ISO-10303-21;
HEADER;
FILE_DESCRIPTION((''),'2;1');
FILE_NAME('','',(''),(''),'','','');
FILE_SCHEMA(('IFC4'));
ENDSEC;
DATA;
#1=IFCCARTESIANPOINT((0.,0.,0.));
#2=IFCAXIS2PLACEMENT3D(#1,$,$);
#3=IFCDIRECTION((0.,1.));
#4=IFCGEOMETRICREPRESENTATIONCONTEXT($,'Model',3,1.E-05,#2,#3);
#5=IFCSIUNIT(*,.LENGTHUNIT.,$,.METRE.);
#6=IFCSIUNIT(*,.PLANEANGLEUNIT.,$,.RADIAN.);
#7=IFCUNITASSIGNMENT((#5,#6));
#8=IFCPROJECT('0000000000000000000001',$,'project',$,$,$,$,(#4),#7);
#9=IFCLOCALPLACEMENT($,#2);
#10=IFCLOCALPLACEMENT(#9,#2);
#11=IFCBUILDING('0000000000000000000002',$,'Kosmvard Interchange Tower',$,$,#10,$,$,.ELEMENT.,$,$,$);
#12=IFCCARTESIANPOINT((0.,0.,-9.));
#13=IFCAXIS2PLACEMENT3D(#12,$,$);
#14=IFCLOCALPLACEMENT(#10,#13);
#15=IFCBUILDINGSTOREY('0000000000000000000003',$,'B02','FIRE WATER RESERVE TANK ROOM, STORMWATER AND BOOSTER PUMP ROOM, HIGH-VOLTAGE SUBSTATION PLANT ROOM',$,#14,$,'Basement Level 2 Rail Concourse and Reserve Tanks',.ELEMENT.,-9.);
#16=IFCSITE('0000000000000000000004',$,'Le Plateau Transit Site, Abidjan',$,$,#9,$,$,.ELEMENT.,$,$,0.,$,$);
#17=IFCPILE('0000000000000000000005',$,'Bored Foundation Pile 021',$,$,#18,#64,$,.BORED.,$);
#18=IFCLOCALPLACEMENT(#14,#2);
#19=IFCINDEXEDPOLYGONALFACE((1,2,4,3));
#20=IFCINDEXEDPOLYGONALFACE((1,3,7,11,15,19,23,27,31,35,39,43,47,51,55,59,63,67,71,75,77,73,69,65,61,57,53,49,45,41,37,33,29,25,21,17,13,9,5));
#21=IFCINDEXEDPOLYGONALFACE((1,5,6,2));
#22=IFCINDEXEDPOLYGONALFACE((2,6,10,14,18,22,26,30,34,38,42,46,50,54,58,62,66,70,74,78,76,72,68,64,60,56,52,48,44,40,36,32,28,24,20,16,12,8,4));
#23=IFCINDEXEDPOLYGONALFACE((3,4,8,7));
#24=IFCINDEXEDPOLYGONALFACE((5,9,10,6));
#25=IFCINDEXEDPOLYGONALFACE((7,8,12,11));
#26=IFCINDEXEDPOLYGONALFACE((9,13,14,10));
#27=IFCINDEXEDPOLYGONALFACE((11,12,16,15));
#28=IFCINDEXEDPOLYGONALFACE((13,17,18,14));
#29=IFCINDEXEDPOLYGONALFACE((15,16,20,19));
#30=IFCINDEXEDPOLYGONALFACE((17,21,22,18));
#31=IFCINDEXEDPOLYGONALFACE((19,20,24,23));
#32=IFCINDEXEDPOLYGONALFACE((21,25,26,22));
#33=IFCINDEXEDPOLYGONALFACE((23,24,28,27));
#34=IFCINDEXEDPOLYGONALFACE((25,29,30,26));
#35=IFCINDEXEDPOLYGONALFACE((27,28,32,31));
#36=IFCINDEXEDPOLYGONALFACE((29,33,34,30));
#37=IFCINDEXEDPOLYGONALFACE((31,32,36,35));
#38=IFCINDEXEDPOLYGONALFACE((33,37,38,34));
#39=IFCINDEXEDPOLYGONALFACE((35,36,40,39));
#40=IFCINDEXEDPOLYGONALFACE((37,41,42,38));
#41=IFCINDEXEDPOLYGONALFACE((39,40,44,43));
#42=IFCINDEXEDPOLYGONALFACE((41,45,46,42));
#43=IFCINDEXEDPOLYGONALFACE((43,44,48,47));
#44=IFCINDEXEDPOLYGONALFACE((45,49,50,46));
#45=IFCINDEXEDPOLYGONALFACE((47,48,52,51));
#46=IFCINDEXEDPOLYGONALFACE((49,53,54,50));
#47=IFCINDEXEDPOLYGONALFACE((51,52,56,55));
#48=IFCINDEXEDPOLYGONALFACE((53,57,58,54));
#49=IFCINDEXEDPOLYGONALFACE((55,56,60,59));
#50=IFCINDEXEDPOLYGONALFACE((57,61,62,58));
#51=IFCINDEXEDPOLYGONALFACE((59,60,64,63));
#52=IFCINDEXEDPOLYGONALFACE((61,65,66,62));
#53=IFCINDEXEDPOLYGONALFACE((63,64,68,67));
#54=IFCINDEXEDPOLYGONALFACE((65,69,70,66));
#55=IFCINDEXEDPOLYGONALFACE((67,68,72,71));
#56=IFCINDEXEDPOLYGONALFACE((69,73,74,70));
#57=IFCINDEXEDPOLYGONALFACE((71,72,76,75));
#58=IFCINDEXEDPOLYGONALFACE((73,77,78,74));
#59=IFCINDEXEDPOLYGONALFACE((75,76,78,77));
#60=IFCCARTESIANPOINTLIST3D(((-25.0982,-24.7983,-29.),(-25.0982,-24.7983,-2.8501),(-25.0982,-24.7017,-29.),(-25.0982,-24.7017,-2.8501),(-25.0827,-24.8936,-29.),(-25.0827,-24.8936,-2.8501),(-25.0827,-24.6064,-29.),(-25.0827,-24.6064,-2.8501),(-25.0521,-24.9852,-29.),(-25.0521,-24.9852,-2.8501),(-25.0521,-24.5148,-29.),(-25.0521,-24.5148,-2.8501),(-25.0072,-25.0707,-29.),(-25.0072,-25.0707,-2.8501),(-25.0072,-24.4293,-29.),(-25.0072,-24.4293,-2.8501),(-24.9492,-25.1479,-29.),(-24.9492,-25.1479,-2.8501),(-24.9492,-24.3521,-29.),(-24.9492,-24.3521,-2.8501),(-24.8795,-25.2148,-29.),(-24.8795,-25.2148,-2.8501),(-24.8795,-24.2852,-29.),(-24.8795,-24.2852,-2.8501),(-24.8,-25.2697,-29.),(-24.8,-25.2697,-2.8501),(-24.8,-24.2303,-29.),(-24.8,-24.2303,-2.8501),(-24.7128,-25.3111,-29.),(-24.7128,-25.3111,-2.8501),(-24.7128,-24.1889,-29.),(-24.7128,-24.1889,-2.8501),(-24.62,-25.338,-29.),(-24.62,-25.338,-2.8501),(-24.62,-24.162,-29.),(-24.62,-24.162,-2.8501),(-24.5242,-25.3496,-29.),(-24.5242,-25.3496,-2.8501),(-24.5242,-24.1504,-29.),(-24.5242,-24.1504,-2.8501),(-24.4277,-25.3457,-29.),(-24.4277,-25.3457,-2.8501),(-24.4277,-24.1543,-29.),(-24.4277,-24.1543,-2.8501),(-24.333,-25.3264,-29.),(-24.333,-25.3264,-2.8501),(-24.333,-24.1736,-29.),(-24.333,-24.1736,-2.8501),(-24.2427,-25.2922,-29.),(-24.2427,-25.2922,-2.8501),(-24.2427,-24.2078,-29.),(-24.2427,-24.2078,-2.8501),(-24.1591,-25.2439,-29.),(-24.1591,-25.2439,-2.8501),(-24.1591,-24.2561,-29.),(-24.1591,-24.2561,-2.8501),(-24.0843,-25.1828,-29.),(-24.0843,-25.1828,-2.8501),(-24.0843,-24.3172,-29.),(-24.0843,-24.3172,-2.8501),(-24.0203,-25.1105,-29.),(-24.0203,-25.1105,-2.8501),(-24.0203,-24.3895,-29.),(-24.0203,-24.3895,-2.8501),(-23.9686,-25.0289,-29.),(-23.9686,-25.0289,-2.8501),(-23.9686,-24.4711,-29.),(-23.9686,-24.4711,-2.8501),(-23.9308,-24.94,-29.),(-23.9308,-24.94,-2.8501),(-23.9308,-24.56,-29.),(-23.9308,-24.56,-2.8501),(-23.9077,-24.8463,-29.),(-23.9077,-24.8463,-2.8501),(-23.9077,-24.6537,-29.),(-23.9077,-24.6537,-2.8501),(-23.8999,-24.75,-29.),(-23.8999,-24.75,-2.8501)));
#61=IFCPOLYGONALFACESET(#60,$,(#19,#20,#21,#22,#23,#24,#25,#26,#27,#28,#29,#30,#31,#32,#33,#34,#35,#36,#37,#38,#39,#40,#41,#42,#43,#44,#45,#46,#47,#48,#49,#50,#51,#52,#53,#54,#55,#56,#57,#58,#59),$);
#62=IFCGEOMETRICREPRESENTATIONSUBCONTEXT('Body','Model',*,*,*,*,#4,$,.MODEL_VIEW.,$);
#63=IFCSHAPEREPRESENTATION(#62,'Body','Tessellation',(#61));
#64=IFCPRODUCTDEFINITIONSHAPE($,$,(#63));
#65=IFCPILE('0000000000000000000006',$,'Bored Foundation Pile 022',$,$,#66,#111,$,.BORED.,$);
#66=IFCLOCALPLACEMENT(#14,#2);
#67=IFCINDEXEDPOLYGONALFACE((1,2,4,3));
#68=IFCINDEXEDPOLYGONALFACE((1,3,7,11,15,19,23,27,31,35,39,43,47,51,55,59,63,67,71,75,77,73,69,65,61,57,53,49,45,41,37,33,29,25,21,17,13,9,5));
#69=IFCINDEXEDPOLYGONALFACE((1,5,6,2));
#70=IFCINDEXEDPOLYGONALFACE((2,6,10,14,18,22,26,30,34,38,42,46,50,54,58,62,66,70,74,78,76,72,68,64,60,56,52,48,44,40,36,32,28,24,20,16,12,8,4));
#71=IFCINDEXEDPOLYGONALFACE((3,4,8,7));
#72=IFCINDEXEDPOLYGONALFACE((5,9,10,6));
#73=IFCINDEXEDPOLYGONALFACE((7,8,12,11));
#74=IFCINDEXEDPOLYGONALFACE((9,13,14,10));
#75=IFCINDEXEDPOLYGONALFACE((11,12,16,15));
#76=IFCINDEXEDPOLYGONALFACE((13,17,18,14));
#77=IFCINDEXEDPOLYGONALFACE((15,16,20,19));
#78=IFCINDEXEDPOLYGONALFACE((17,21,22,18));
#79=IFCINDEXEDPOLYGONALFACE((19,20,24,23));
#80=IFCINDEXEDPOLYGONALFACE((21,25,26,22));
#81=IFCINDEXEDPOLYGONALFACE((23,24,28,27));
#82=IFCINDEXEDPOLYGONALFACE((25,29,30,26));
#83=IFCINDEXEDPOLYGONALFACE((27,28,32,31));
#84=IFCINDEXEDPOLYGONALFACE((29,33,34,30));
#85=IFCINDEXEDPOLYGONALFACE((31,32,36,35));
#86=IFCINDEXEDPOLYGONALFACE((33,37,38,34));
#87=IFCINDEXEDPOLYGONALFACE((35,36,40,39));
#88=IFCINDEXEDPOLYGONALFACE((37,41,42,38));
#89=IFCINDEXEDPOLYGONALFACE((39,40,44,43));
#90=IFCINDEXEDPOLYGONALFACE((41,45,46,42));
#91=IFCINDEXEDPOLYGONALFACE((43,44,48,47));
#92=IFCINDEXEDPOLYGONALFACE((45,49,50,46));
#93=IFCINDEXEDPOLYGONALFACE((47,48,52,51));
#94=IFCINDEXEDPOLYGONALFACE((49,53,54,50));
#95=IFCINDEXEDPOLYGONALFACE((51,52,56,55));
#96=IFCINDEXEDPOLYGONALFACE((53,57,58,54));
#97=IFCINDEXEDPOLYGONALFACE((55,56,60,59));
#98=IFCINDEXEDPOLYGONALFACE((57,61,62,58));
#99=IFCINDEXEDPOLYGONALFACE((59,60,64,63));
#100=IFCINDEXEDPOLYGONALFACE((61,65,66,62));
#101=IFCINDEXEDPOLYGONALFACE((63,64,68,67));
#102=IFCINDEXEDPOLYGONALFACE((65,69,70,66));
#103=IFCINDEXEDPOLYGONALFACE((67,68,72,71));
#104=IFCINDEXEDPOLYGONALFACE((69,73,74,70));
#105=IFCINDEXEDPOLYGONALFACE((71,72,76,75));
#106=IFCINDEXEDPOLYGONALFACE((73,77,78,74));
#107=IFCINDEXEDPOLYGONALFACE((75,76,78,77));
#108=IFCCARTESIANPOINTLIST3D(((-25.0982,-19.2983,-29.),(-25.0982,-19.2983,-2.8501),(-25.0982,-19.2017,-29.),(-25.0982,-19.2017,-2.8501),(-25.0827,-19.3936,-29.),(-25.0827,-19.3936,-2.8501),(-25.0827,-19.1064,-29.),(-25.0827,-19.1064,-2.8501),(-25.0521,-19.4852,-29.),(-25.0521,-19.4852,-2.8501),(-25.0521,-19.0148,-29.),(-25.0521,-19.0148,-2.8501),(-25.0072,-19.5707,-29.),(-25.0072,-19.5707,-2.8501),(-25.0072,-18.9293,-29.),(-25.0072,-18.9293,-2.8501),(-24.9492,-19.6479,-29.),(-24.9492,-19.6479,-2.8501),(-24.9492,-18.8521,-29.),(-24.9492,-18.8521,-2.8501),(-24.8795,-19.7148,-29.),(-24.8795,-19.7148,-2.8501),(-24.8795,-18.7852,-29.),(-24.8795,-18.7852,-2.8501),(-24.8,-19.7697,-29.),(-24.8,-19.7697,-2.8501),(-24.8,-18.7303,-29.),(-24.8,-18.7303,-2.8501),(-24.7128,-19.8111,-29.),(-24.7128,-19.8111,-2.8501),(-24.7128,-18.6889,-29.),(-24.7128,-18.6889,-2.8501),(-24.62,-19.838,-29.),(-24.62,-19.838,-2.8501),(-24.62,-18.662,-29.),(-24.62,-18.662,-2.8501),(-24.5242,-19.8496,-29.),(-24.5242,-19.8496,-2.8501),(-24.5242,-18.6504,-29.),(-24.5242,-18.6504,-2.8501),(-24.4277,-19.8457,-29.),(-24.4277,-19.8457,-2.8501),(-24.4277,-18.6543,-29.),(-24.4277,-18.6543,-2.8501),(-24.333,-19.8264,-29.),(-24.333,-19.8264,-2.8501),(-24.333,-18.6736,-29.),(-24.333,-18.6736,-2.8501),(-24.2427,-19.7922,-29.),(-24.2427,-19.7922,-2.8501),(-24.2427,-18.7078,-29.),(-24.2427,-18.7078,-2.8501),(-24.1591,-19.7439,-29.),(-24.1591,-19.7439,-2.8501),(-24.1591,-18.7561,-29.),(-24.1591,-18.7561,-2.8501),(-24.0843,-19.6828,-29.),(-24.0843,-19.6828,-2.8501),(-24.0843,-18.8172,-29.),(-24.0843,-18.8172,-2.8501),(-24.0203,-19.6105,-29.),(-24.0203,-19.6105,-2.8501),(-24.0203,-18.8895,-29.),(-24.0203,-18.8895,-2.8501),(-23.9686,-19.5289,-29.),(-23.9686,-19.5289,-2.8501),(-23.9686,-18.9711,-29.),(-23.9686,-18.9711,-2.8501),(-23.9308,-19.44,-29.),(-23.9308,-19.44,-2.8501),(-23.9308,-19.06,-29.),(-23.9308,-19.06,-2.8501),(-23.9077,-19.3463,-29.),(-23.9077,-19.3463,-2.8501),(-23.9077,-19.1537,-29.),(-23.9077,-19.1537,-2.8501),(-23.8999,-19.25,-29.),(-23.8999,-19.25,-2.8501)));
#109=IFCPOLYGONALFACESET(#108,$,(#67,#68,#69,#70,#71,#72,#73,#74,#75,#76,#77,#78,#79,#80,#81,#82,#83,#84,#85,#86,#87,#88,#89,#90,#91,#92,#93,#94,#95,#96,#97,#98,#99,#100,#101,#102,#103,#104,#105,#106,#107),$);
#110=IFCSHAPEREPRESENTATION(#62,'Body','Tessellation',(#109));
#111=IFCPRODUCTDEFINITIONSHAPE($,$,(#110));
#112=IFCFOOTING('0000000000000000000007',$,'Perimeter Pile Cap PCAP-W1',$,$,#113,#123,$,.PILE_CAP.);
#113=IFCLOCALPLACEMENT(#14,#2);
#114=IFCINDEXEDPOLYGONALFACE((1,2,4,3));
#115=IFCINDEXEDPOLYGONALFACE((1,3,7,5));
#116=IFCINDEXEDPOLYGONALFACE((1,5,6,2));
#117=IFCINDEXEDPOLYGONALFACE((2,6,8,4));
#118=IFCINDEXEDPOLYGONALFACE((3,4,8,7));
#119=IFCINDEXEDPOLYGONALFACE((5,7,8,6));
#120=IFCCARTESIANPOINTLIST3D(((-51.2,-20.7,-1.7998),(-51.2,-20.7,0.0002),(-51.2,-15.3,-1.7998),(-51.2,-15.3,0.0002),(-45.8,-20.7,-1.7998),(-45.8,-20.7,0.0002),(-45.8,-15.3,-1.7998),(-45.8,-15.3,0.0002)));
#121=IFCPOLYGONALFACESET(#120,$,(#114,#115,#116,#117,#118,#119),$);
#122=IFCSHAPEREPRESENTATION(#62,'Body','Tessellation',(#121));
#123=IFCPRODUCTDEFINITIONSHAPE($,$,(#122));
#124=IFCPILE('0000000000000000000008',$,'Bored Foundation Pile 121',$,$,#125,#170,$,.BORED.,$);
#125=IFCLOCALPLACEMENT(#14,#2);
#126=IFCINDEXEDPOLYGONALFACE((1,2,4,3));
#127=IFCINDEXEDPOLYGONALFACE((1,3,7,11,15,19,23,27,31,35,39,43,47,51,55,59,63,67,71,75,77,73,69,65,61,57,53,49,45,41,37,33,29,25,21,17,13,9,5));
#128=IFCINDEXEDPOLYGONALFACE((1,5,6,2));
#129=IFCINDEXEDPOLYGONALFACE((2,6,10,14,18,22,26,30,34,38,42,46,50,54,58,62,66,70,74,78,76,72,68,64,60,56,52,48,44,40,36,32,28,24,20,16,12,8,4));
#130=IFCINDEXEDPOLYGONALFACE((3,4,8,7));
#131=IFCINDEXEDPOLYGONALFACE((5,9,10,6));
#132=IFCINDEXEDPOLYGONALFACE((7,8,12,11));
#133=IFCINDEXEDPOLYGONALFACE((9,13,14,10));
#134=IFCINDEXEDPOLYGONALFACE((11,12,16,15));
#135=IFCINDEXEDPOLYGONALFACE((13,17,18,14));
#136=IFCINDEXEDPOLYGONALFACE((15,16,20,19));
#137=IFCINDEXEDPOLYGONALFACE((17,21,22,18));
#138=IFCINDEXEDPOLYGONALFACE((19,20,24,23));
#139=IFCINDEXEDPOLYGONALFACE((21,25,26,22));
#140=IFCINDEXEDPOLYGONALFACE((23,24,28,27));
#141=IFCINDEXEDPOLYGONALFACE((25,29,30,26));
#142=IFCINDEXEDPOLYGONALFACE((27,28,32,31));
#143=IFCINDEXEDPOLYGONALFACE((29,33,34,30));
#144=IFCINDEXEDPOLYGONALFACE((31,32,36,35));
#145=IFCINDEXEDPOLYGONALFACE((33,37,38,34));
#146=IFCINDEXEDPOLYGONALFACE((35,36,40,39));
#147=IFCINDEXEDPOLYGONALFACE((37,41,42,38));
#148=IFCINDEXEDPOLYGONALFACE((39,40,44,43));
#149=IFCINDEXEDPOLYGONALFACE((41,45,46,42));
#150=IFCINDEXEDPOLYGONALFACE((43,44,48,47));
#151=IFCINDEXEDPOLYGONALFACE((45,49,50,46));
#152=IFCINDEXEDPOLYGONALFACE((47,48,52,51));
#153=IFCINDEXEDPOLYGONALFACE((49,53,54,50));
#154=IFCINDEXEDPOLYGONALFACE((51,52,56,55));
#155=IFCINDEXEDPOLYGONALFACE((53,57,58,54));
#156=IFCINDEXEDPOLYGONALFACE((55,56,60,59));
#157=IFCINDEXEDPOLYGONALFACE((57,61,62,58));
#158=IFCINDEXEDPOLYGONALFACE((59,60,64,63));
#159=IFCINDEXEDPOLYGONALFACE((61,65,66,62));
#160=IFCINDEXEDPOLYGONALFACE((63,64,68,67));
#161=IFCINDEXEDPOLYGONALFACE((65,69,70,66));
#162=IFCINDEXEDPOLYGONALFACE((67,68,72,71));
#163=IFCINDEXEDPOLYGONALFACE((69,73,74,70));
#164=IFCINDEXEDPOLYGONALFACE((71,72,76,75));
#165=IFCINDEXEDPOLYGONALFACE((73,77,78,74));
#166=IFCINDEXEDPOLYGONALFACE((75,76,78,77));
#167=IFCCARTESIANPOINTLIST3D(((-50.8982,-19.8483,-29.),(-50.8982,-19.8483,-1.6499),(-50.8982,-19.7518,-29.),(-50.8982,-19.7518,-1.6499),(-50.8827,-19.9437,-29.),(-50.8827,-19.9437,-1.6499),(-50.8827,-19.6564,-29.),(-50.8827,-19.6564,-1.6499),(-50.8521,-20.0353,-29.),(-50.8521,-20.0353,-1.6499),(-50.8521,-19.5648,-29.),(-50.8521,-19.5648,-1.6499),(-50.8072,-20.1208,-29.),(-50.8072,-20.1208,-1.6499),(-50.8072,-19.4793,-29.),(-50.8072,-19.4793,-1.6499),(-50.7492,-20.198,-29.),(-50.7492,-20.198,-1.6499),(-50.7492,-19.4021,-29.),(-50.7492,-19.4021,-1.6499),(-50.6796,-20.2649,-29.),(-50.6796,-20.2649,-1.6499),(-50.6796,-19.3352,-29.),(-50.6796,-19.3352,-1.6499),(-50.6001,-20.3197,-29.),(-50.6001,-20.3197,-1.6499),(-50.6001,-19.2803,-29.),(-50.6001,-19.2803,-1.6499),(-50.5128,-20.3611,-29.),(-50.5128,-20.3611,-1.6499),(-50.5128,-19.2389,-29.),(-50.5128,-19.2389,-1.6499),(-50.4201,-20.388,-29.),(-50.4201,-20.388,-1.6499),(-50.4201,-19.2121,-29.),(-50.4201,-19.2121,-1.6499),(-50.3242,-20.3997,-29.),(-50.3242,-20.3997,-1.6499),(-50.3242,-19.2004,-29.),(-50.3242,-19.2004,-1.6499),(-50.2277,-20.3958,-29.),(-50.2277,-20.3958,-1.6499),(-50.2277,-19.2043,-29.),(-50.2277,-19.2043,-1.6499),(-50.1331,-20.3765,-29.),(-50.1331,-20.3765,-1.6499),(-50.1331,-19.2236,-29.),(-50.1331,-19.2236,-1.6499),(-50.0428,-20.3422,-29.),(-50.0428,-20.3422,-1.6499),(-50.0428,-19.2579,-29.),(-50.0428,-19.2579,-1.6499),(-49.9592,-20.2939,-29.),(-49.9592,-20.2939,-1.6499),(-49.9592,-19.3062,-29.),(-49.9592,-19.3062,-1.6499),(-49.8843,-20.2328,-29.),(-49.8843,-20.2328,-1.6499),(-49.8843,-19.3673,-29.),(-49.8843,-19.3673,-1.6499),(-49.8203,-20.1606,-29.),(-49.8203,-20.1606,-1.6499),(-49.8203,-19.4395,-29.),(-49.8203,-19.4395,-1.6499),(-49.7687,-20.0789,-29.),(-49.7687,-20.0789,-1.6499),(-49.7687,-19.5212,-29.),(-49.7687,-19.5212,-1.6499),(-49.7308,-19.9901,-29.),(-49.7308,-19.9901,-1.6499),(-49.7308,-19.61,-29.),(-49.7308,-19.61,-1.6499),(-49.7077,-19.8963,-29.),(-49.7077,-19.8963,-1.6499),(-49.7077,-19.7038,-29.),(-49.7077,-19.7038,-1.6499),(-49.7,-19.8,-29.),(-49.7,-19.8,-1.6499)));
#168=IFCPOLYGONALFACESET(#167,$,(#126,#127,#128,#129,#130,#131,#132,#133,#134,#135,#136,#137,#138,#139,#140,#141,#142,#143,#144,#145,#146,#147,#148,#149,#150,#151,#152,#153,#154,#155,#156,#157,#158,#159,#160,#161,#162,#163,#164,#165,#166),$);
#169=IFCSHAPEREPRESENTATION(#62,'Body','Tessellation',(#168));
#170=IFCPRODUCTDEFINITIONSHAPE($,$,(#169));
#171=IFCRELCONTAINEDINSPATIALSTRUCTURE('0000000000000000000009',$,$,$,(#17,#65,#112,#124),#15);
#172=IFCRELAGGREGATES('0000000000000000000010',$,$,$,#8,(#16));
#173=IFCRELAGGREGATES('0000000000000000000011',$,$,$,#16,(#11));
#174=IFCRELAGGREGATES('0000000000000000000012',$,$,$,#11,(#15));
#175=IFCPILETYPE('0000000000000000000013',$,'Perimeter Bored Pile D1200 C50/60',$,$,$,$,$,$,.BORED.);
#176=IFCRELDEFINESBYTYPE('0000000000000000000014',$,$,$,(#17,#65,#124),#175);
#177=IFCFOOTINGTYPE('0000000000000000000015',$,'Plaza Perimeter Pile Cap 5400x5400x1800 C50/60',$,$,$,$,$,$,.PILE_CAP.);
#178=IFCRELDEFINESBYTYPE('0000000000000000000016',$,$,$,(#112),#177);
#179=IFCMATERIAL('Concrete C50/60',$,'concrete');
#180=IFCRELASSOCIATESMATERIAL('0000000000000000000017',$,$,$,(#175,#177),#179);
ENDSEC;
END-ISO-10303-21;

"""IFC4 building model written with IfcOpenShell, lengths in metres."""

from ifc_helpers import new_model, si_unit, direction, frame, origin, origin_2d, place, context, subcontext, project, spatial, rectangle, circle, extrude, source, transform, mapped, material, material_profile, profile_set, type_object, element, save


model = new_model("IFC4")

# Units and contexts
model_context = context("Model", 3, precision=1e-05, world=origin(), true_north=direction((0.0, 1.0)))
body_context = subcontext(model_context, "Body", "Model", "MODEL_VIEW")
ifc_project = project(units=[si_unit("LENGTHUNIT", "METRE"), si_unit("PLANEANGLEUNIT", "RADIAN")], contexts=[model_context])

# Site, building, storey
site_placement = place(None, origin())
site = spatial("IfcSite", under=ifc_project, at=site_placement, Name="Le Plateau Transit Site, Abidjan", CompositionType="ELEMENT", RefElevation=0.0)
building_placement = place(site_placement, origin())
building = spatial("IfcBuilding", under=site, at=building_placement, Name="Kosmvard Interchange Tower", CompositionType="ELEMENT")
storey_placement = place(building_placement, frame((0.0, 0.0, -9.0)))
storey = spatial("IfcBuildingStorey", under=building, at=storey_placement, Name="B02", Description="FIRE WATER RESERVE TANK ROOM, STORMWATER AND BOOSTER PUMP ROOM, HIGH-VOLTAGE SUBSTATION PLANT ROOM", LongName="Basement Level 2 Rail Concourse and Reserve Tanks", CompositionType="ELEMENT", Elevation=-9.0)

# Piles
ifc_material_1 = material(Name="Concrete C50/60", Category="concrete")
ifc_material_profile_1 = material_profile(ifc_material_1, circle(Radius=0.6001, at=origin_2d()), Name="PILE D1200")
ifc_profile_set_1 = profile_set([ifc_material_profile_1], Name="Concrete C50/60")
pile_type = type_object("IfcPileType", Name="Perimeter Bored Pile D1200 C50/60", PredefinedType="BORED", material=ifc_profile_set_1)
shared_shape_1 = source(origin(), body_context, "Body", "SweptSolid", [
    extrude(circle(Radius=0.6001, at=origin_2d()), origin(), (0.0, 0.0, 1.0), 26.1499),
])
for number, where, z_axis, x_axis, name in (
    (1, (-24.5, -24.75, -2.8501), (0.0, 0.0, -1.0), (1.0, 0.0, 0.0), "Bored Foundation Pile 021"),
    (2, (-24.5, -19.25, -2.8501), (0.0, 0.0, -1.0), (1.0, 0.0, 0.0), "Bored Foundation Pile 022"),
):
    element("IfcPile", number, at=place(storey_placement, frame(where, z_axis=z_axis, x_axis=x_axis)), inside=storey, type_object=pile_type, Name=name, PredefinedType="BORED", context=body_context, shape_type="MappedRepresentation", body=[
        mapped(shared_shape_1, transform((0.0, 0.0, 0.0), scale=1.0)),
    ])

# Footing
footing_type_1 = type_object("IfcFootingType", Name="Plaza Perimeter Pile Cap 5400x5400x1800 C50/60", PredefinedType="PILE_CAP", material=ifc_material_1)
shared_shape_2 = source(origin(), body_context, "Body", "SweptSolid", [
    extrude(rectangle(XDim=5.3999, YDim=5.3999, at=origin_2d()), origin(), (0.0, 0.0, 1.0), 1.8),
])
footing_1_placement = place(storey_placement, frame((-48.5, -18.0, -1.7998), z_axis=(0.0, 0.0, 1.0), x_axis=(1.0, 0.0, 0.0)))
element("IfcFooting", 3, at=footing_1_placement, inside=storey, type_object=footing_type_1, Name="Perimeter Pile Cap PCAP-W1", PredefinedType="PILE_CAP", context=body_context, shape_type="MappedRepresentation", body=[
    mapped(shared_shape_2, transform((0.0, 0.0, 0.0), scale=1.0)),
])

# Pile
shared_shape_3 = source(origin(), body_context, "Body", "SweptSolid", [
    extrude(circle(Radius=0.6001, at=origin_2d()), origin(), (0.0, 0.0, 1.0), 27.3501),
])
for number, where, z_axis, x_axis, name in (
    (4, (-50.3, -19.8, -1.6499), (0.0, 0.0, -1.0), (1.0, 0.0, 0.0), "Bored Foundation Pile 121"),
):
    element("IfcPile", number, at=place(storey_placement, frame(where, z_axis=z_axis, x_axis=x_axis)), inside=storey, type_object=pile_type, Name=name, PredefinedType="BORED", context=body_context, shape_type="MappedRepresentation", body=[
        mapped(shared_shape_3, transform((0.0, 0.0, 0.0), scale=1.0)),
    ])

save(model, "model.ifc")
